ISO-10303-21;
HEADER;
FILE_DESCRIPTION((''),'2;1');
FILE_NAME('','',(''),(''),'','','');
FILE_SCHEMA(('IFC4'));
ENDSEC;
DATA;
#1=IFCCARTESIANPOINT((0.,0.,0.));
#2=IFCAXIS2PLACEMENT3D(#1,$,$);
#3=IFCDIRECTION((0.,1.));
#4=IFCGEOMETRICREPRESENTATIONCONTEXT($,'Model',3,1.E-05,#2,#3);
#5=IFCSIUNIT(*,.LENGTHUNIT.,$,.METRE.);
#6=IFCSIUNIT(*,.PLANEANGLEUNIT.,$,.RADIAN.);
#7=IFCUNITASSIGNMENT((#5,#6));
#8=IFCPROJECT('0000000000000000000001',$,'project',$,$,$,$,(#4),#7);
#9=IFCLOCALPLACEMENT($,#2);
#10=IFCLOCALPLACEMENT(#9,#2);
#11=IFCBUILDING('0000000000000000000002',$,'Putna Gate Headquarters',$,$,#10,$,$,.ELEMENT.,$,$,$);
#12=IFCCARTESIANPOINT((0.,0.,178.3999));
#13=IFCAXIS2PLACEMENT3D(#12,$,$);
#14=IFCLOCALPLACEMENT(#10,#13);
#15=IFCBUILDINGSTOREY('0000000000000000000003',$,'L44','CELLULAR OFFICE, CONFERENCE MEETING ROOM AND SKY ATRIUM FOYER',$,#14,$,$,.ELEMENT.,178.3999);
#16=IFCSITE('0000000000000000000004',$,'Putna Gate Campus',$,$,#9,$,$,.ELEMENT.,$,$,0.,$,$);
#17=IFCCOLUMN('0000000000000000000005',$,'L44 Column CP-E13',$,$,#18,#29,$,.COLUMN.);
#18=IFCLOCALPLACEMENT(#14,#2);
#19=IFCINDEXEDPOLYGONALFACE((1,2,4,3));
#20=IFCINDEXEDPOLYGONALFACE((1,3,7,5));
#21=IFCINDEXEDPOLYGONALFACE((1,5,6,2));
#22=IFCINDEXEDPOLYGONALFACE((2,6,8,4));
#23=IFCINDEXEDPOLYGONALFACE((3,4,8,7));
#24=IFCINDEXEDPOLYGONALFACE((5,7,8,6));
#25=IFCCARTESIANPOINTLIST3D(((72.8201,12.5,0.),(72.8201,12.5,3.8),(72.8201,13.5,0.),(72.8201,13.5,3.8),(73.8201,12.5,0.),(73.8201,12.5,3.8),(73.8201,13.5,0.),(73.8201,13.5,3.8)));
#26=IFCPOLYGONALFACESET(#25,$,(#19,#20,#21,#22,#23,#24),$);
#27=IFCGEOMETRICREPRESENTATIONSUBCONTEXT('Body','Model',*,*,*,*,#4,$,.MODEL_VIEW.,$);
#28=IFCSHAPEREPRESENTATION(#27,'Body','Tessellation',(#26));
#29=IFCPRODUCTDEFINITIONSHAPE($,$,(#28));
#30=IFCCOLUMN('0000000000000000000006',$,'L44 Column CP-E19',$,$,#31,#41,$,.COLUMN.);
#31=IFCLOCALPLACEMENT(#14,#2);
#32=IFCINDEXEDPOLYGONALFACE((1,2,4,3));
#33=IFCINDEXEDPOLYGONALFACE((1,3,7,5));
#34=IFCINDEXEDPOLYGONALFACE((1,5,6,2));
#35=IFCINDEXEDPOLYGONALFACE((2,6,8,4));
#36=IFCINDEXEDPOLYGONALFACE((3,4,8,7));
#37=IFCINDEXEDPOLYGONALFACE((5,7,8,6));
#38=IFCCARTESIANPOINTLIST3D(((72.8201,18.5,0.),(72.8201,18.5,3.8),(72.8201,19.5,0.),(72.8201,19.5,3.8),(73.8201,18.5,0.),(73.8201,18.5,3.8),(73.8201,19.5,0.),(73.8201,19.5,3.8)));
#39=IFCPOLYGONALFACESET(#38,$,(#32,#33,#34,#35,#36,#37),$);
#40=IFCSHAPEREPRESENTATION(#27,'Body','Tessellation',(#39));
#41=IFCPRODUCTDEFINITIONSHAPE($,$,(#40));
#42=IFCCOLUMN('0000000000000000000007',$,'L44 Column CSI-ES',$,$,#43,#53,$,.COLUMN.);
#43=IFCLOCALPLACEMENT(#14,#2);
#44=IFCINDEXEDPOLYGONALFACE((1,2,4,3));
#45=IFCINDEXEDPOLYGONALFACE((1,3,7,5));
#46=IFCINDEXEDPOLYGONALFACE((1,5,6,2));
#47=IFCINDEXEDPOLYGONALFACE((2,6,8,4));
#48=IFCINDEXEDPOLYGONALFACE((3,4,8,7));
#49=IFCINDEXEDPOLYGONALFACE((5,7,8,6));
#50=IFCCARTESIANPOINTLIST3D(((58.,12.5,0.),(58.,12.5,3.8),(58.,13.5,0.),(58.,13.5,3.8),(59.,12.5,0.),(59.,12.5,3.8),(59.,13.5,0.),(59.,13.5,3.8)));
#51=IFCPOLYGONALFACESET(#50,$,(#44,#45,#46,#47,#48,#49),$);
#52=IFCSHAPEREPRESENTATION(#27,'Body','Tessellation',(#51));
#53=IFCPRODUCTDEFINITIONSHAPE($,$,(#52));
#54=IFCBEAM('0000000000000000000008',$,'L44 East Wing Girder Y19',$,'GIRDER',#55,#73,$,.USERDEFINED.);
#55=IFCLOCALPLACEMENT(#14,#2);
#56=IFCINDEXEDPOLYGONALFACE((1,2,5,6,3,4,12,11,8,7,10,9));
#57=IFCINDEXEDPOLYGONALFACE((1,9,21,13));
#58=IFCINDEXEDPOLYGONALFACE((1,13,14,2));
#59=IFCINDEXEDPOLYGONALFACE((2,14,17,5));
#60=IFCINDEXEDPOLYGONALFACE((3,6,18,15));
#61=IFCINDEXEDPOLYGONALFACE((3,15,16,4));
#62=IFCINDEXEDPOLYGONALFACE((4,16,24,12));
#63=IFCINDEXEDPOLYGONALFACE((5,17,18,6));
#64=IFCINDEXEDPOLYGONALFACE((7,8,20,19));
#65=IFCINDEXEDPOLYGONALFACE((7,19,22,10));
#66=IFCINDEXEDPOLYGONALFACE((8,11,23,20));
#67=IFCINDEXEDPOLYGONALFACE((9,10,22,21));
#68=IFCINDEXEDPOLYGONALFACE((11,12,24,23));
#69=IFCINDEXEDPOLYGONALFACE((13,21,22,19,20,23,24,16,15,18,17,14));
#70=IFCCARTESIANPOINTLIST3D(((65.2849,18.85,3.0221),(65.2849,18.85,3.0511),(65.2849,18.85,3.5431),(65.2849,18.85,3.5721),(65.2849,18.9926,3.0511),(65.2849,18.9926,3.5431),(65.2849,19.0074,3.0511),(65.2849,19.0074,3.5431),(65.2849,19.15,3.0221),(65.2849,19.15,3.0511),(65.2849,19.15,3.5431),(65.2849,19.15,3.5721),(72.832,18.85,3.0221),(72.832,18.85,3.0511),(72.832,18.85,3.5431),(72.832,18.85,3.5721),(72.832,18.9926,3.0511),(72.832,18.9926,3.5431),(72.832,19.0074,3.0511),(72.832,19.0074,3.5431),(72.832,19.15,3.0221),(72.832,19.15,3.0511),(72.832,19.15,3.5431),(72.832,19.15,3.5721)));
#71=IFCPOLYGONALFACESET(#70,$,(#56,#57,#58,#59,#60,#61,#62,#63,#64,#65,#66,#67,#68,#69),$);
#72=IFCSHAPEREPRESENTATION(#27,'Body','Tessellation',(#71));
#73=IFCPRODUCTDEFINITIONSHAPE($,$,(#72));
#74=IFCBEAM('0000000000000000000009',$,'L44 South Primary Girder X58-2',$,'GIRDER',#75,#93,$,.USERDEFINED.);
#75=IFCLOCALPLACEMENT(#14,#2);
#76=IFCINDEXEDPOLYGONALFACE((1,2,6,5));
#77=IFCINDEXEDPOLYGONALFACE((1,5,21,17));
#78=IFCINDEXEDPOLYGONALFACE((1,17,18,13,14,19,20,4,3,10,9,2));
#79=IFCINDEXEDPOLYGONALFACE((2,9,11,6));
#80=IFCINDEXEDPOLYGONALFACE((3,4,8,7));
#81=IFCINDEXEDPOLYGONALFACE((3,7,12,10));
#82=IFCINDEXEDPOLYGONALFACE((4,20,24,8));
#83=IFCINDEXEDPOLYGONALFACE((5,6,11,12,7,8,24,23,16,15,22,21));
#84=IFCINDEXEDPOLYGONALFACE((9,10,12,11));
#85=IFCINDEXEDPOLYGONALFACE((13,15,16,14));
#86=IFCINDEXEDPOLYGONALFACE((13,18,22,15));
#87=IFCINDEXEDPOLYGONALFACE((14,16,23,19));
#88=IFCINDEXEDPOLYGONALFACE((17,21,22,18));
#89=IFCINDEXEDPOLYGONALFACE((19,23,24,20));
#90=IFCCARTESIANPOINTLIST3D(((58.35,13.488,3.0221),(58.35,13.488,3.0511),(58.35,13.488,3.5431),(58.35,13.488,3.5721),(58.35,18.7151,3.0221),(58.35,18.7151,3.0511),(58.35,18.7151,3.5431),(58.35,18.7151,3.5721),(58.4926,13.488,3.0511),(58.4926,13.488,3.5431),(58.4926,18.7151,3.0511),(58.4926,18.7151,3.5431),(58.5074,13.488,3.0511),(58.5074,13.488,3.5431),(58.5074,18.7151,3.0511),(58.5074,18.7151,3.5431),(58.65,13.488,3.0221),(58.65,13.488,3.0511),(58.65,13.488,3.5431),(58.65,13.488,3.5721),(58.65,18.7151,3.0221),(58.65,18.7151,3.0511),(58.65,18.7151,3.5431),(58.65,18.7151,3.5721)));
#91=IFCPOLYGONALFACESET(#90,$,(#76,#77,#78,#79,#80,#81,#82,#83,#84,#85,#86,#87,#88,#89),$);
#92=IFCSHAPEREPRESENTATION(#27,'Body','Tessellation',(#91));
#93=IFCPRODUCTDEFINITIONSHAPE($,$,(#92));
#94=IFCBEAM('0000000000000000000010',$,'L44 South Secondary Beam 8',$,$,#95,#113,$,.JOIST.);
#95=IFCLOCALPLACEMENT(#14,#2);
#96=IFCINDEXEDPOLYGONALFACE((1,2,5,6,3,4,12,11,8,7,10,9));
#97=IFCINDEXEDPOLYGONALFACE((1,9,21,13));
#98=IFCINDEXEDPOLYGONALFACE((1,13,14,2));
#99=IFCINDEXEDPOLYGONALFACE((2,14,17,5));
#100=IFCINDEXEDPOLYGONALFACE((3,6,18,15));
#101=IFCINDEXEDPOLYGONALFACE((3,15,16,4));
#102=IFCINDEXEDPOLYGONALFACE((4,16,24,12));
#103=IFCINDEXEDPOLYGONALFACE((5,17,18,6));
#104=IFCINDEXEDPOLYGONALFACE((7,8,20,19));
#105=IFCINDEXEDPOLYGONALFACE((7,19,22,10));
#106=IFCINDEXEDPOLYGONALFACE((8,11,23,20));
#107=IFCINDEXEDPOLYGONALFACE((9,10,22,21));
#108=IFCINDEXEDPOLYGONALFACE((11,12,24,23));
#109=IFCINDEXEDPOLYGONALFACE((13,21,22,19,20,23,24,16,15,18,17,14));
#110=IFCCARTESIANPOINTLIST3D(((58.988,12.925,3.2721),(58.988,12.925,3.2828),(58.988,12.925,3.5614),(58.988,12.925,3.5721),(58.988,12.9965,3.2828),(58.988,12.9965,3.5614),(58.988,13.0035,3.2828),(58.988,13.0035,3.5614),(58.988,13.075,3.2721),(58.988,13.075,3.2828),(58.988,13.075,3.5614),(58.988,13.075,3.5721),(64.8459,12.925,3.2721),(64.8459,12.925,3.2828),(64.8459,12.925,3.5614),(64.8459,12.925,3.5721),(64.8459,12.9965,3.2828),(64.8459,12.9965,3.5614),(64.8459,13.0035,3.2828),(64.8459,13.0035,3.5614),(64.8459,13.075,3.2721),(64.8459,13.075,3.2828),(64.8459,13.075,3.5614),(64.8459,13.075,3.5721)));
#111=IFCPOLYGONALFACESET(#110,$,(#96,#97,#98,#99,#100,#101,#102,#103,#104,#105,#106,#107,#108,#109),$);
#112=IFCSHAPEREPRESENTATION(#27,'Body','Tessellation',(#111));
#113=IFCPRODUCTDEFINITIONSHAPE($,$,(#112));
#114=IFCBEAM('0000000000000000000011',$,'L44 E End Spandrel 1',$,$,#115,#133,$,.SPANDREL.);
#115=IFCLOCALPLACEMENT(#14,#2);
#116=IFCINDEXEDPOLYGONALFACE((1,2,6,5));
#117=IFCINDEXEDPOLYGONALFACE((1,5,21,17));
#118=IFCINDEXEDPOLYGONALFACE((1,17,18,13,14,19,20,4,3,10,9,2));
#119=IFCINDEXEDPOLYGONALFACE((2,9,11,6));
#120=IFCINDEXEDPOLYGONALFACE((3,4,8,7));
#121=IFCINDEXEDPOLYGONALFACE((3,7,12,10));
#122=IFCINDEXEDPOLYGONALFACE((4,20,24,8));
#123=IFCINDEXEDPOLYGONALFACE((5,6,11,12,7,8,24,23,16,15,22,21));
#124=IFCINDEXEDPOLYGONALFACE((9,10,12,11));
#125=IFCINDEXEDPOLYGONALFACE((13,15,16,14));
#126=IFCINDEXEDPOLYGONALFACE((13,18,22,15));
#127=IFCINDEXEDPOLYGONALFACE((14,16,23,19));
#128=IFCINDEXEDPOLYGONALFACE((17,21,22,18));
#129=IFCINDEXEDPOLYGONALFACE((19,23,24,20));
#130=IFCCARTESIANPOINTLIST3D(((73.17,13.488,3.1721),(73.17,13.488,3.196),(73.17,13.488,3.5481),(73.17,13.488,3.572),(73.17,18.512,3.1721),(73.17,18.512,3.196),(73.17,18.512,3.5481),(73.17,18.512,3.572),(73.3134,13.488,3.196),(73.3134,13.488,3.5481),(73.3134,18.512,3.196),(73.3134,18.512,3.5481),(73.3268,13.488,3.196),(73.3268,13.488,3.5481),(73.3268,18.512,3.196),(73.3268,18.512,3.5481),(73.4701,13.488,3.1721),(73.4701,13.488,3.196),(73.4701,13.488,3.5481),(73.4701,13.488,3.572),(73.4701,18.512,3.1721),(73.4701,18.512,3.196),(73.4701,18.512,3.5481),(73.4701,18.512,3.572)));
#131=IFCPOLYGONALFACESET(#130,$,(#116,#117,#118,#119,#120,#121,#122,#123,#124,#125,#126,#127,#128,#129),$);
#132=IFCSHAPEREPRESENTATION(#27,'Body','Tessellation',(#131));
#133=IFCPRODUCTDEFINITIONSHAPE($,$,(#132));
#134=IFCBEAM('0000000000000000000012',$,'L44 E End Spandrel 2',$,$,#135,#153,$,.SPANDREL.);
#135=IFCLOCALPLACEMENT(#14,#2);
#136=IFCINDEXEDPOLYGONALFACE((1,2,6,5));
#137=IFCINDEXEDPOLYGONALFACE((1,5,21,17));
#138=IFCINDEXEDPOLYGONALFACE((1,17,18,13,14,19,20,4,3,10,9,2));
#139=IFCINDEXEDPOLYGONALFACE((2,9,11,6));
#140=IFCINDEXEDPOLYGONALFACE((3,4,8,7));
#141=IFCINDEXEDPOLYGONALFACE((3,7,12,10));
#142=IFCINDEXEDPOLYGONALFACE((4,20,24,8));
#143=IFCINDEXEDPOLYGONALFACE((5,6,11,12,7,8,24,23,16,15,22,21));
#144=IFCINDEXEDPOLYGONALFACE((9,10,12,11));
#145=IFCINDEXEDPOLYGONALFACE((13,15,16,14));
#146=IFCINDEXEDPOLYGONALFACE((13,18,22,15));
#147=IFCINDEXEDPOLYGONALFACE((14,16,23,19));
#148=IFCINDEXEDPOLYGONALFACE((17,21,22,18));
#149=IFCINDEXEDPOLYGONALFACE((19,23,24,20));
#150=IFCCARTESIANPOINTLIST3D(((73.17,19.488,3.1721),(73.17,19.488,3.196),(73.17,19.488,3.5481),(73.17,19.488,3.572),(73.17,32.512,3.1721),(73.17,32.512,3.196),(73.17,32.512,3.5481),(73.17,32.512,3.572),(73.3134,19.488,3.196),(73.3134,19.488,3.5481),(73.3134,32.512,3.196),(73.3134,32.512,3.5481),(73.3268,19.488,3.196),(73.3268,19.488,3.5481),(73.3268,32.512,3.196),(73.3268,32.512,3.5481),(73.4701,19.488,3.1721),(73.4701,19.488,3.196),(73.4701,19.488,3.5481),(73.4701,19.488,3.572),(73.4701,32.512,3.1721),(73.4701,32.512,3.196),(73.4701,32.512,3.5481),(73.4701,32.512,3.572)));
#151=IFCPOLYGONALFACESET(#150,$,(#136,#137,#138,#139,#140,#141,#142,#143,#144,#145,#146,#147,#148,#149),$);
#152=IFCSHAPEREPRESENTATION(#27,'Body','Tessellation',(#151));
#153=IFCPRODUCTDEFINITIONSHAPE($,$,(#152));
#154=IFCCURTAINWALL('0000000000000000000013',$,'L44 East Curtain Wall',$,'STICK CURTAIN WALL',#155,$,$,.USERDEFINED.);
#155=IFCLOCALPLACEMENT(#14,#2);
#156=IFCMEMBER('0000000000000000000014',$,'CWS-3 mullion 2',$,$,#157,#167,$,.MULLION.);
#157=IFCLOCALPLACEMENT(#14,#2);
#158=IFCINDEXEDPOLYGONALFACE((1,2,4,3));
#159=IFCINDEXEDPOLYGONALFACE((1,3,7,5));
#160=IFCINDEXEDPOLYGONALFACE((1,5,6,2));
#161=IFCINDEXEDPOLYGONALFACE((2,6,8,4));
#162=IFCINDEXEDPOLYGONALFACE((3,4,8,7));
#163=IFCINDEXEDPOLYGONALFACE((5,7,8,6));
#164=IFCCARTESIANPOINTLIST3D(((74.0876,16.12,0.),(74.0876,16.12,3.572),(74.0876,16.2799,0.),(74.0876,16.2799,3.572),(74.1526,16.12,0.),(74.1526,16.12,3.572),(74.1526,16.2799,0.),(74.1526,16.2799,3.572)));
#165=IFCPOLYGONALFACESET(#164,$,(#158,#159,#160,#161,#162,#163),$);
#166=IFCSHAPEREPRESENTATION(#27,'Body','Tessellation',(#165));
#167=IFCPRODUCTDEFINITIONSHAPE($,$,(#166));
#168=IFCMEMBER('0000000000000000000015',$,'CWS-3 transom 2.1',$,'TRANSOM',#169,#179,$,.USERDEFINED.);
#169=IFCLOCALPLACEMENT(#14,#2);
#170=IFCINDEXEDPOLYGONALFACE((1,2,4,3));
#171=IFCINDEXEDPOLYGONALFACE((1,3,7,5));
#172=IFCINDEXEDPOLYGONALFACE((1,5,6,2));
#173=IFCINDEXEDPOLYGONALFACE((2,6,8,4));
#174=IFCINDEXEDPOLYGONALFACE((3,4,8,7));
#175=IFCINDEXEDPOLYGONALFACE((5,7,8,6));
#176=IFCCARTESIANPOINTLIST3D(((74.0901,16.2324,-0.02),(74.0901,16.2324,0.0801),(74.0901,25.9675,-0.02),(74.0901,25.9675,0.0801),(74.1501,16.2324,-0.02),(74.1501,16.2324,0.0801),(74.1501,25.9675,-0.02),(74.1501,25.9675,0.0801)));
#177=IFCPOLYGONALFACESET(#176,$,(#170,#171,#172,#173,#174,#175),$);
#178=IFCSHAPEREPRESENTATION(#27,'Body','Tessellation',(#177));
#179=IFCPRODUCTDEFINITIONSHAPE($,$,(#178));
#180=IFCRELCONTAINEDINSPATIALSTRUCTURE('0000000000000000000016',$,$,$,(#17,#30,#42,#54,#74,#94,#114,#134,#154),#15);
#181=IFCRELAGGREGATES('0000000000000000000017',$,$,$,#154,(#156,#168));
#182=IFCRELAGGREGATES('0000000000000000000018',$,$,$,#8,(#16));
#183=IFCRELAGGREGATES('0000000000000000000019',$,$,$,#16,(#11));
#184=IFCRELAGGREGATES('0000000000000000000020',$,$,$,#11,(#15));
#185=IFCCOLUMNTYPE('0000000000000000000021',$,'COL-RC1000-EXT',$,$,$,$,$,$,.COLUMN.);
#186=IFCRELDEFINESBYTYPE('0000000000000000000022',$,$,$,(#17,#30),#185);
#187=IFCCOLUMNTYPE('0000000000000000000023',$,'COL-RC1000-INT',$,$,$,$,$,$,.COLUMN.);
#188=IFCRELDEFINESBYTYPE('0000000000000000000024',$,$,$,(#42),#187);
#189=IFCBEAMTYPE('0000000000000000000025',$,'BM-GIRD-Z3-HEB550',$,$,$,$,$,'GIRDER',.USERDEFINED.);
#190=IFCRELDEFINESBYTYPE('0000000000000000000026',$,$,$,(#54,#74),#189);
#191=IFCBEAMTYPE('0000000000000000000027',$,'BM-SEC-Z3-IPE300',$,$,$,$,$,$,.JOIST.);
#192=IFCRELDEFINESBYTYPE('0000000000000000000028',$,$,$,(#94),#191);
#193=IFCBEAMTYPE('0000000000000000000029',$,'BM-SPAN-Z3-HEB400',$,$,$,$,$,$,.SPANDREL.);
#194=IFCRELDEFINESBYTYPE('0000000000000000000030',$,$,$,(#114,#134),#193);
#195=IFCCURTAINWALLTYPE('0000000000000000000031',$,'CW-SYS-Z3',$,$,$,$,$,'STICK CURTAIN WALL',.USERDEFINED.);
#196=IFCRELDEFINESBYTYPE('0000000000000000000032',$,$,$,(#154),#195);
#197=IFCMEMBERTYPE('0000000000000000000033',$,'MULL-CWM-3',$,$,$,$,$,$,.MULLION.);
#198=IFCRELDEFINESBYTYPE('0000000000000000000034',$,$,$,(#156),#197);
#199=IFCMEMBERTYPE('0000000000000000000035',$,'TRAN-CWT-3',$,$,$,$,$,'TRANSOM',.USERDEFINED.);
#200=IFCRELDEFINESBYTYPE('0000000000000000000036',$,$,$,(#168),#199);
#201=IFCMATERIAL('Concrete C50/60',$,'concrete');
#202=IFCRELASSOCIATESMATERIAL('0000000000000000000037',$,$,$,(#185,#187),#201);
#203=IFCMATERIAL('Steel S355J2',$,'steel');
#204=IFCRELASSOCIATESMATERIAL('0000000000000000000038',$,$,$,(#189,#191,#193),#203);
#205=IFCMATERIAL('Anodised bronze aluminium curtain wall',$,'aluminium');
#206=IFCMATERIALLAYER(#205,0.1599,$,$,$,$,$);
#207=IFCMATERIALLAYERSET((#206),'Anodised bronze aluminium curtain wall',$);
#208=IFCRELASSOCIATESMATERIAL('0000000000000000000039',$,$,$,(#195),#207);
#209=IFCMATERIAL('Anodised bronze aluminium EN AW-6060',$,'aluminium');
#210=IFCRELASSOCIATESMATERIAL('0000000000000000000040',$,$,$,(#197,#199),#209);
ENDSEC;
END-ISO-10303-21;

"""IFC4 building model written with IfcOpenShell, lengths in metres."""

from ifc_helpers import new_model, si_unit, direction, frame, origin, origin_2d, place, context, subcontext, project, spatial, rectangle, i_section, extrude, material, layer, layer_set, material_profile, profile_set, type_object, element, aggregate, save


model = new_model("IFC4")

# Units and contexts
model_context = context("Model", 3, precision=1e-05, world=origin(), true_north=direction((0.0, 1.0)))
body_context = subcontext(model_context, "Body", "Model", "MODEL_VIEW")
ifc_project = project(units=[si_unit("LENGTHUNIT", "METRE"), si_unit("PLANEANGLEUNIT", "RADIAN")], contexts=[model_context])

# Site, building, storey
site_placement = place(None, origin())
site = spatial("IfcSite", under=ifc_project, at=site_placement, Name="Putna Gate Campus", CompositionType="ELEMENT", RefElevation=0.0)
building_placement = place(site_placement, origin())
building = spatial("IfcBuilding", under=site, at=building_placement, Name="Putna Gate Headquarters", CompositionType="ELEMENT")
storey_placement = place(building_placement, frame((0.0, 0.0, 178.3999)))
storey = spatial("IfcBuildingStorey", under=building, at=storey_placement, Name="L44", Description="CELLULAR OFFICE, CONFERENCE MEETING ROOM AND SKY ATRIUM FOYER", CompositionType="ELEMENT", Elevation=178.3999)

# Columns
ifc_material_1 = material(Name="Concrete C50/60", Category="concrete")
ifc_material_profile_1 = material_profile(ifc_material_1, rectangle(XDim=1.0, YDim=1.0, at=origin_2d()), Name="Concrete C50/60")
ifc_profile_set_1 = profile_set([ifc_material_profile_1], Name="Concrete C50/60")
column_type_1 = type_object("IfcColumnType", Name="COL-RC1000-EXT", PredefinedType="COLUMN", material=ifc_profile_set_1)
for number, where, z_axis, x_axis, name in (
    (1, (73.3201, 13.0, 0.0), (0.0, 0.0, 1.0), (1.0, 0.0, 0.0), "L44 Column CP-E13"),
    (2, (73.3201, 19.0, 0.0), (0.0, 0.0, 1.0), (1.0, 0.0, 0.0), "L44 Column CP-E19"),
):
    element("IfcColumn", number, at=place(storey_placement, frame(where, z_axis=z_axis, x_axis=x_axis)), inside=storey, type_object=column_type_1, Name=name, PredefinedType="COLUMN", context=body_context, shape_type="SweptSolid", body=[
        extrude(rectangle(XDim=1.0, YDim=1.0, at=origin_2d()), origin(), (0.0, 0.0, 1.0), 3.8),
    ])
ifc_material_profile_2 = material_profile(ifc_material_1, rectangle(XDim=1.0, YDim=1.0, at=origin_2d()), Name="Concrete C50/60")
ifc_profile_set_2 = profile_set([ifc_material_profile_2], Name="Concrete C50/60")
column_type_2 = type_object("IfcColumnType", Name="COL-RC1000-INT", PredefinedType="COLUMN", material=ifc_profile_set_2)
column_placement = place(storey_placement, frame((58.5, 13.0, 0.0), z_axis=(0.0, 0.0, 1.0), x_axis=(1.0, 0.0, 0.0)))
element("IfcColumn", 3, at=column_placement, inside=storey, type_object=column_type_2, Name="L44 Column CSI-ES", PredefinedType="COLUMN", context=body_context, shape_type="SweptSolid", body=[
    extrude(rectangle(XDim=1.0, YDim=1.0, at=origin_2d()), origin(), (0.0, 0.0, 1.0), 3.8),
])

# Beams
ifc_material_2 = material(Name="Steel S355J2", Category="steel")
ifc_material_profile_3 = material_profile(ifc_material_2, i_section(OverallWidth=0.3, OverallDepth=0.55, WebThickness=0.0149, FlangeThickness=0.0291, at=origin_2d()), Name="Steel S355J2")
ifc_profile_set_3 = profile_set([ifc_material_profile_3], Name="Steel S355J2")
beam_type_1 = type_object("IfcBeamType", Name="BM-GIRD-Z3-HEB550", ElementType="GIRDER", PredefinedType="USERDEFINED", material=ifc_profile_set_3)
beam_1_placement = place(storey_placement, frame((65.2849, 19.0, 3.2971), z_axis=(1.0, 0.0, 0.0), x_axis=(0.0, 1.0, 0.0)))
element("IfcBeam", 4, at=beam_1_placement, inside=storey, type_object=beam_type_1, Name="L44 East Wing Girder Y19", ObjectType="GIRDER", PredefinedType="USERDEFINED", context=body_context, shape_type="SweptSolid", body=[
    extrude(i_section(OverallWidth=0.3, OverallDepth=0.55, WebThickness=0.0149, FlangeThickness=0.0291, at=origin_2d()), origin(), (0.0, 0.0, 1.0), 7.5471),
])
beam_2_placement = place(storey_placement, frame((58.5, 13.488, 3.2971), z_axis=(0.0, 1.0, 0.0), x_axis=(-1.0, 0.0, 0.0)))
element("IfcBeam", 5, at=beam_2_placement, inside=storey, type_object=beam_type_1, Name="L44 South Primary Girder X58-2", ObjectType="GIRDER", PredefinedType="USERDEFINED", context=body_context, shape_type="SweptSolid", body=[
    extrude(i_section(OverallWidth=0.3, OverallDepth=0.55, WebThickness=0.0149, FlangeThickness=0.0291, at=origin_2d()), origin(), (0.0, 0.0, 1.0), 5.2271),
])
ifc_material_profile_4 = material_profile(ifc_material_2, i_section(OverallWidth=0.1499, OverallDepth=0.3, WebThickness=0.0071, FlangeThickness=0.0107, at=origin_2d()), Name="Steel S355J2")
ifc_profile_set_4 = profile_set([ifc_material_profile_4], Name="Steel S355J2")
beam_type_2 = type_object("IfcBeamType", Name="BM-SEC-Z3-IPE300", PredefinedType="JOIST", material=ifc_profile_set_4)
beam_3_placement = place(storey_placement, frame((58.988, 13.0, 3.4221), z_axis=(1.0, 0.0, 0.0), x_axis=(0.0, 1.0, 0.0)))
element("IfcBeam", 6, at=beam_3_placement, inside=storey, type_object=beam_type_2, Name="L44 South Secondary Beam 8", PredefinedType="JOIST", context=body_context, shape_type="SweptSolid", body=[
    extrude(i_section(OverallWidth=0.1499, OverallDepth=0.3, WebThickness=0.0071, FlangeThickness=0.0107, at=origin_2d()), origin(), (0.0, 0.0, 1.0), 5.8579),
])
ifc_material_profile_5 = material_profile(ifc_material_2, i_section(OverallWidth=0.3, OverallDepth=0.3999, WebThickness=0.0134, FlangeThickness=0.0239, at=origin_2d()), Name="Steel S355J2")
ifc_profile_set_5 = profile_set([ifc_material_profile_5], Name="Steel S355J2")
beam_type_3 = type_object("IfcBeamType", Name="BM-SPAN-Z3-HEB400", PredefinedType="SPANDREL", material=ifc_profile_set_5)
beam_4_placement = place(storey_placement, frame((73.3201, 13.488, 3.3721), z_axis=(0.0, 1.0, 0.0), x_axis=(-1.0, 0.0, 0.0)))
element("IfcBeam", 7, at=beam_4_placement, inside=storey, type_object=beam_type_3, Name="L44 E End Spandrel 1", PredefinedType="SPANDREL", context=body_context, shape_type="SweptSolid", body=[
    extrude(i_section(OverallWidth=0.3, OverallDepth=0.3999, WebThickness=0.0134, FlangeThickness=0.0239, at=origin_2d()), origin(), (0.0, 0.0, 1.0), 5.0239),
])
beam_5_placement = place(storey_placement, frame((73.3201, 19.488, 3.3721), z_axis=(0.0, 1.0, 0.0), x_axis=(-1.0, 0.0, 0.0)))
element("IfcBeam", 8, at=beam_5_placement, inside=storey, type_object=beam_type_3, Name="L44 E End Spandrel 2", PredefinedType="SPANDREL", context=body_context, shape_type="SweptSolid", body=[
    extrude(i_section(OverallWidth=0.3, OverallDepth=0.3999, WebThickness=0.0134, FlangeThickness=0.0239, at=origin_2d()), origin(), (0.0, 0.0, 1.0), 13.0239),
])

# Curtain wall, members
ifc_material_3 = material(Name="Anodised bronze aluminium curtain wall", Category="aluminium")
ifc_layer_1 = layer(ifc_material_3, 0.1599)
ifc_layer_set_1 = layer_set([ifc_layer_1], Name="Anodised bronze aluminium curtain wall")
curtain_wall_type = type_object("IfcCurtainWallType", Name="CW-SYS-Z3", ElementType="STICK CURTAIN WALL", PredefinedType="USERDEFINED", material=ifc_layer_set_1)
curtain_wall_placement = place(storey_placement, origin())
curtain_wall = element("IfcCurtainWall", 9, at=curtain_wall_placement, inside=storey, type_object=curtain_wall_type, Name="L44 East Curtain Wall", ObjectType="STICK CURTAIN WALL", PredefinedType="USERDEFINED")
ifc_material_4 = material(Name="Anodised bronze aluminium EN AW-6060", Category="aluminium")
ifc_material_profile_6 = material_profile(ifc_material_4, rectangle(XDim=0.0649, YDim=0.1599, at=origin_2d()), Name="Anodised bronze aluminium EN AW-6060")
ifc_profile_set_6 = profile_set([ifc_material_profile_6], Name="Anodised bronze aluminium EN AW-6060")
member_type_1 = type_object("IfcMemberType", Name="MULL-CWM-3", PredefinedType="MULLION", material=ifc_profile_set_6)
member_1_placement = place(storey_placement, frame((74.1201, 16.2, 0.0), z_axis=(0.0, 0.0, 1.0), x_axis=(-1.0, 0.0, 0.0)))
member_1 = element("IfcMember", 10, at=member_1_placement, type_object=member_type_1, Name="CWS-3 mullion 2", PredefinedType="MULLION", context=body_context, shape_type="SweptSolid", body=[
    extrude(rectangle(XDim=0.0649, YDim=0.1599, at=origin_2d()), origin(), (0.0, 0.0, 1.0), 3.572),
])
ifc_material_profile_7 = material_profile(ifc_material_4, rectangle(XDim=0.0601, YDim=0.1001, at=origin_2d()), Name="Anodised bronze aluminium EN AW-6060")
ifc_profile_set_7 = profile_set([ifc_material_profile_7], Name="Anodised bronze aluminium EN AW-6060")
member_type_2 = type_object("IfcMemberType", Name="TRAN-CWT-3", ElementType="TRANSOM", PredefinedType="USERDEFINED", material=ifc_profile_set_7)
member_2_placement = place(storey_placement, frame((74.1201, 16.2324, 0.03), z_axis=(0.0, 1.0, 0.0), x_axis=(-1.0, 0.0, 0.0)))
member_2 = element("IfcMember", 11, at=member_2_placement, type_object=member_type_2, Name="CWS-3 transom 2.1", ObjectType="TRANSOM", PredefinedType="USERDEFINED", context=body_context, shape_type="SweptSolid", body=[
    extrude(rectangle(XDim=0.0601, YDim=0.1001, at=origin_2d()), origin(), (0.0, 0.0, 1.0), 9.7351),
])
aggregate(curtain_wall, [member_1, member_2])

save(model, "model.ifc")
